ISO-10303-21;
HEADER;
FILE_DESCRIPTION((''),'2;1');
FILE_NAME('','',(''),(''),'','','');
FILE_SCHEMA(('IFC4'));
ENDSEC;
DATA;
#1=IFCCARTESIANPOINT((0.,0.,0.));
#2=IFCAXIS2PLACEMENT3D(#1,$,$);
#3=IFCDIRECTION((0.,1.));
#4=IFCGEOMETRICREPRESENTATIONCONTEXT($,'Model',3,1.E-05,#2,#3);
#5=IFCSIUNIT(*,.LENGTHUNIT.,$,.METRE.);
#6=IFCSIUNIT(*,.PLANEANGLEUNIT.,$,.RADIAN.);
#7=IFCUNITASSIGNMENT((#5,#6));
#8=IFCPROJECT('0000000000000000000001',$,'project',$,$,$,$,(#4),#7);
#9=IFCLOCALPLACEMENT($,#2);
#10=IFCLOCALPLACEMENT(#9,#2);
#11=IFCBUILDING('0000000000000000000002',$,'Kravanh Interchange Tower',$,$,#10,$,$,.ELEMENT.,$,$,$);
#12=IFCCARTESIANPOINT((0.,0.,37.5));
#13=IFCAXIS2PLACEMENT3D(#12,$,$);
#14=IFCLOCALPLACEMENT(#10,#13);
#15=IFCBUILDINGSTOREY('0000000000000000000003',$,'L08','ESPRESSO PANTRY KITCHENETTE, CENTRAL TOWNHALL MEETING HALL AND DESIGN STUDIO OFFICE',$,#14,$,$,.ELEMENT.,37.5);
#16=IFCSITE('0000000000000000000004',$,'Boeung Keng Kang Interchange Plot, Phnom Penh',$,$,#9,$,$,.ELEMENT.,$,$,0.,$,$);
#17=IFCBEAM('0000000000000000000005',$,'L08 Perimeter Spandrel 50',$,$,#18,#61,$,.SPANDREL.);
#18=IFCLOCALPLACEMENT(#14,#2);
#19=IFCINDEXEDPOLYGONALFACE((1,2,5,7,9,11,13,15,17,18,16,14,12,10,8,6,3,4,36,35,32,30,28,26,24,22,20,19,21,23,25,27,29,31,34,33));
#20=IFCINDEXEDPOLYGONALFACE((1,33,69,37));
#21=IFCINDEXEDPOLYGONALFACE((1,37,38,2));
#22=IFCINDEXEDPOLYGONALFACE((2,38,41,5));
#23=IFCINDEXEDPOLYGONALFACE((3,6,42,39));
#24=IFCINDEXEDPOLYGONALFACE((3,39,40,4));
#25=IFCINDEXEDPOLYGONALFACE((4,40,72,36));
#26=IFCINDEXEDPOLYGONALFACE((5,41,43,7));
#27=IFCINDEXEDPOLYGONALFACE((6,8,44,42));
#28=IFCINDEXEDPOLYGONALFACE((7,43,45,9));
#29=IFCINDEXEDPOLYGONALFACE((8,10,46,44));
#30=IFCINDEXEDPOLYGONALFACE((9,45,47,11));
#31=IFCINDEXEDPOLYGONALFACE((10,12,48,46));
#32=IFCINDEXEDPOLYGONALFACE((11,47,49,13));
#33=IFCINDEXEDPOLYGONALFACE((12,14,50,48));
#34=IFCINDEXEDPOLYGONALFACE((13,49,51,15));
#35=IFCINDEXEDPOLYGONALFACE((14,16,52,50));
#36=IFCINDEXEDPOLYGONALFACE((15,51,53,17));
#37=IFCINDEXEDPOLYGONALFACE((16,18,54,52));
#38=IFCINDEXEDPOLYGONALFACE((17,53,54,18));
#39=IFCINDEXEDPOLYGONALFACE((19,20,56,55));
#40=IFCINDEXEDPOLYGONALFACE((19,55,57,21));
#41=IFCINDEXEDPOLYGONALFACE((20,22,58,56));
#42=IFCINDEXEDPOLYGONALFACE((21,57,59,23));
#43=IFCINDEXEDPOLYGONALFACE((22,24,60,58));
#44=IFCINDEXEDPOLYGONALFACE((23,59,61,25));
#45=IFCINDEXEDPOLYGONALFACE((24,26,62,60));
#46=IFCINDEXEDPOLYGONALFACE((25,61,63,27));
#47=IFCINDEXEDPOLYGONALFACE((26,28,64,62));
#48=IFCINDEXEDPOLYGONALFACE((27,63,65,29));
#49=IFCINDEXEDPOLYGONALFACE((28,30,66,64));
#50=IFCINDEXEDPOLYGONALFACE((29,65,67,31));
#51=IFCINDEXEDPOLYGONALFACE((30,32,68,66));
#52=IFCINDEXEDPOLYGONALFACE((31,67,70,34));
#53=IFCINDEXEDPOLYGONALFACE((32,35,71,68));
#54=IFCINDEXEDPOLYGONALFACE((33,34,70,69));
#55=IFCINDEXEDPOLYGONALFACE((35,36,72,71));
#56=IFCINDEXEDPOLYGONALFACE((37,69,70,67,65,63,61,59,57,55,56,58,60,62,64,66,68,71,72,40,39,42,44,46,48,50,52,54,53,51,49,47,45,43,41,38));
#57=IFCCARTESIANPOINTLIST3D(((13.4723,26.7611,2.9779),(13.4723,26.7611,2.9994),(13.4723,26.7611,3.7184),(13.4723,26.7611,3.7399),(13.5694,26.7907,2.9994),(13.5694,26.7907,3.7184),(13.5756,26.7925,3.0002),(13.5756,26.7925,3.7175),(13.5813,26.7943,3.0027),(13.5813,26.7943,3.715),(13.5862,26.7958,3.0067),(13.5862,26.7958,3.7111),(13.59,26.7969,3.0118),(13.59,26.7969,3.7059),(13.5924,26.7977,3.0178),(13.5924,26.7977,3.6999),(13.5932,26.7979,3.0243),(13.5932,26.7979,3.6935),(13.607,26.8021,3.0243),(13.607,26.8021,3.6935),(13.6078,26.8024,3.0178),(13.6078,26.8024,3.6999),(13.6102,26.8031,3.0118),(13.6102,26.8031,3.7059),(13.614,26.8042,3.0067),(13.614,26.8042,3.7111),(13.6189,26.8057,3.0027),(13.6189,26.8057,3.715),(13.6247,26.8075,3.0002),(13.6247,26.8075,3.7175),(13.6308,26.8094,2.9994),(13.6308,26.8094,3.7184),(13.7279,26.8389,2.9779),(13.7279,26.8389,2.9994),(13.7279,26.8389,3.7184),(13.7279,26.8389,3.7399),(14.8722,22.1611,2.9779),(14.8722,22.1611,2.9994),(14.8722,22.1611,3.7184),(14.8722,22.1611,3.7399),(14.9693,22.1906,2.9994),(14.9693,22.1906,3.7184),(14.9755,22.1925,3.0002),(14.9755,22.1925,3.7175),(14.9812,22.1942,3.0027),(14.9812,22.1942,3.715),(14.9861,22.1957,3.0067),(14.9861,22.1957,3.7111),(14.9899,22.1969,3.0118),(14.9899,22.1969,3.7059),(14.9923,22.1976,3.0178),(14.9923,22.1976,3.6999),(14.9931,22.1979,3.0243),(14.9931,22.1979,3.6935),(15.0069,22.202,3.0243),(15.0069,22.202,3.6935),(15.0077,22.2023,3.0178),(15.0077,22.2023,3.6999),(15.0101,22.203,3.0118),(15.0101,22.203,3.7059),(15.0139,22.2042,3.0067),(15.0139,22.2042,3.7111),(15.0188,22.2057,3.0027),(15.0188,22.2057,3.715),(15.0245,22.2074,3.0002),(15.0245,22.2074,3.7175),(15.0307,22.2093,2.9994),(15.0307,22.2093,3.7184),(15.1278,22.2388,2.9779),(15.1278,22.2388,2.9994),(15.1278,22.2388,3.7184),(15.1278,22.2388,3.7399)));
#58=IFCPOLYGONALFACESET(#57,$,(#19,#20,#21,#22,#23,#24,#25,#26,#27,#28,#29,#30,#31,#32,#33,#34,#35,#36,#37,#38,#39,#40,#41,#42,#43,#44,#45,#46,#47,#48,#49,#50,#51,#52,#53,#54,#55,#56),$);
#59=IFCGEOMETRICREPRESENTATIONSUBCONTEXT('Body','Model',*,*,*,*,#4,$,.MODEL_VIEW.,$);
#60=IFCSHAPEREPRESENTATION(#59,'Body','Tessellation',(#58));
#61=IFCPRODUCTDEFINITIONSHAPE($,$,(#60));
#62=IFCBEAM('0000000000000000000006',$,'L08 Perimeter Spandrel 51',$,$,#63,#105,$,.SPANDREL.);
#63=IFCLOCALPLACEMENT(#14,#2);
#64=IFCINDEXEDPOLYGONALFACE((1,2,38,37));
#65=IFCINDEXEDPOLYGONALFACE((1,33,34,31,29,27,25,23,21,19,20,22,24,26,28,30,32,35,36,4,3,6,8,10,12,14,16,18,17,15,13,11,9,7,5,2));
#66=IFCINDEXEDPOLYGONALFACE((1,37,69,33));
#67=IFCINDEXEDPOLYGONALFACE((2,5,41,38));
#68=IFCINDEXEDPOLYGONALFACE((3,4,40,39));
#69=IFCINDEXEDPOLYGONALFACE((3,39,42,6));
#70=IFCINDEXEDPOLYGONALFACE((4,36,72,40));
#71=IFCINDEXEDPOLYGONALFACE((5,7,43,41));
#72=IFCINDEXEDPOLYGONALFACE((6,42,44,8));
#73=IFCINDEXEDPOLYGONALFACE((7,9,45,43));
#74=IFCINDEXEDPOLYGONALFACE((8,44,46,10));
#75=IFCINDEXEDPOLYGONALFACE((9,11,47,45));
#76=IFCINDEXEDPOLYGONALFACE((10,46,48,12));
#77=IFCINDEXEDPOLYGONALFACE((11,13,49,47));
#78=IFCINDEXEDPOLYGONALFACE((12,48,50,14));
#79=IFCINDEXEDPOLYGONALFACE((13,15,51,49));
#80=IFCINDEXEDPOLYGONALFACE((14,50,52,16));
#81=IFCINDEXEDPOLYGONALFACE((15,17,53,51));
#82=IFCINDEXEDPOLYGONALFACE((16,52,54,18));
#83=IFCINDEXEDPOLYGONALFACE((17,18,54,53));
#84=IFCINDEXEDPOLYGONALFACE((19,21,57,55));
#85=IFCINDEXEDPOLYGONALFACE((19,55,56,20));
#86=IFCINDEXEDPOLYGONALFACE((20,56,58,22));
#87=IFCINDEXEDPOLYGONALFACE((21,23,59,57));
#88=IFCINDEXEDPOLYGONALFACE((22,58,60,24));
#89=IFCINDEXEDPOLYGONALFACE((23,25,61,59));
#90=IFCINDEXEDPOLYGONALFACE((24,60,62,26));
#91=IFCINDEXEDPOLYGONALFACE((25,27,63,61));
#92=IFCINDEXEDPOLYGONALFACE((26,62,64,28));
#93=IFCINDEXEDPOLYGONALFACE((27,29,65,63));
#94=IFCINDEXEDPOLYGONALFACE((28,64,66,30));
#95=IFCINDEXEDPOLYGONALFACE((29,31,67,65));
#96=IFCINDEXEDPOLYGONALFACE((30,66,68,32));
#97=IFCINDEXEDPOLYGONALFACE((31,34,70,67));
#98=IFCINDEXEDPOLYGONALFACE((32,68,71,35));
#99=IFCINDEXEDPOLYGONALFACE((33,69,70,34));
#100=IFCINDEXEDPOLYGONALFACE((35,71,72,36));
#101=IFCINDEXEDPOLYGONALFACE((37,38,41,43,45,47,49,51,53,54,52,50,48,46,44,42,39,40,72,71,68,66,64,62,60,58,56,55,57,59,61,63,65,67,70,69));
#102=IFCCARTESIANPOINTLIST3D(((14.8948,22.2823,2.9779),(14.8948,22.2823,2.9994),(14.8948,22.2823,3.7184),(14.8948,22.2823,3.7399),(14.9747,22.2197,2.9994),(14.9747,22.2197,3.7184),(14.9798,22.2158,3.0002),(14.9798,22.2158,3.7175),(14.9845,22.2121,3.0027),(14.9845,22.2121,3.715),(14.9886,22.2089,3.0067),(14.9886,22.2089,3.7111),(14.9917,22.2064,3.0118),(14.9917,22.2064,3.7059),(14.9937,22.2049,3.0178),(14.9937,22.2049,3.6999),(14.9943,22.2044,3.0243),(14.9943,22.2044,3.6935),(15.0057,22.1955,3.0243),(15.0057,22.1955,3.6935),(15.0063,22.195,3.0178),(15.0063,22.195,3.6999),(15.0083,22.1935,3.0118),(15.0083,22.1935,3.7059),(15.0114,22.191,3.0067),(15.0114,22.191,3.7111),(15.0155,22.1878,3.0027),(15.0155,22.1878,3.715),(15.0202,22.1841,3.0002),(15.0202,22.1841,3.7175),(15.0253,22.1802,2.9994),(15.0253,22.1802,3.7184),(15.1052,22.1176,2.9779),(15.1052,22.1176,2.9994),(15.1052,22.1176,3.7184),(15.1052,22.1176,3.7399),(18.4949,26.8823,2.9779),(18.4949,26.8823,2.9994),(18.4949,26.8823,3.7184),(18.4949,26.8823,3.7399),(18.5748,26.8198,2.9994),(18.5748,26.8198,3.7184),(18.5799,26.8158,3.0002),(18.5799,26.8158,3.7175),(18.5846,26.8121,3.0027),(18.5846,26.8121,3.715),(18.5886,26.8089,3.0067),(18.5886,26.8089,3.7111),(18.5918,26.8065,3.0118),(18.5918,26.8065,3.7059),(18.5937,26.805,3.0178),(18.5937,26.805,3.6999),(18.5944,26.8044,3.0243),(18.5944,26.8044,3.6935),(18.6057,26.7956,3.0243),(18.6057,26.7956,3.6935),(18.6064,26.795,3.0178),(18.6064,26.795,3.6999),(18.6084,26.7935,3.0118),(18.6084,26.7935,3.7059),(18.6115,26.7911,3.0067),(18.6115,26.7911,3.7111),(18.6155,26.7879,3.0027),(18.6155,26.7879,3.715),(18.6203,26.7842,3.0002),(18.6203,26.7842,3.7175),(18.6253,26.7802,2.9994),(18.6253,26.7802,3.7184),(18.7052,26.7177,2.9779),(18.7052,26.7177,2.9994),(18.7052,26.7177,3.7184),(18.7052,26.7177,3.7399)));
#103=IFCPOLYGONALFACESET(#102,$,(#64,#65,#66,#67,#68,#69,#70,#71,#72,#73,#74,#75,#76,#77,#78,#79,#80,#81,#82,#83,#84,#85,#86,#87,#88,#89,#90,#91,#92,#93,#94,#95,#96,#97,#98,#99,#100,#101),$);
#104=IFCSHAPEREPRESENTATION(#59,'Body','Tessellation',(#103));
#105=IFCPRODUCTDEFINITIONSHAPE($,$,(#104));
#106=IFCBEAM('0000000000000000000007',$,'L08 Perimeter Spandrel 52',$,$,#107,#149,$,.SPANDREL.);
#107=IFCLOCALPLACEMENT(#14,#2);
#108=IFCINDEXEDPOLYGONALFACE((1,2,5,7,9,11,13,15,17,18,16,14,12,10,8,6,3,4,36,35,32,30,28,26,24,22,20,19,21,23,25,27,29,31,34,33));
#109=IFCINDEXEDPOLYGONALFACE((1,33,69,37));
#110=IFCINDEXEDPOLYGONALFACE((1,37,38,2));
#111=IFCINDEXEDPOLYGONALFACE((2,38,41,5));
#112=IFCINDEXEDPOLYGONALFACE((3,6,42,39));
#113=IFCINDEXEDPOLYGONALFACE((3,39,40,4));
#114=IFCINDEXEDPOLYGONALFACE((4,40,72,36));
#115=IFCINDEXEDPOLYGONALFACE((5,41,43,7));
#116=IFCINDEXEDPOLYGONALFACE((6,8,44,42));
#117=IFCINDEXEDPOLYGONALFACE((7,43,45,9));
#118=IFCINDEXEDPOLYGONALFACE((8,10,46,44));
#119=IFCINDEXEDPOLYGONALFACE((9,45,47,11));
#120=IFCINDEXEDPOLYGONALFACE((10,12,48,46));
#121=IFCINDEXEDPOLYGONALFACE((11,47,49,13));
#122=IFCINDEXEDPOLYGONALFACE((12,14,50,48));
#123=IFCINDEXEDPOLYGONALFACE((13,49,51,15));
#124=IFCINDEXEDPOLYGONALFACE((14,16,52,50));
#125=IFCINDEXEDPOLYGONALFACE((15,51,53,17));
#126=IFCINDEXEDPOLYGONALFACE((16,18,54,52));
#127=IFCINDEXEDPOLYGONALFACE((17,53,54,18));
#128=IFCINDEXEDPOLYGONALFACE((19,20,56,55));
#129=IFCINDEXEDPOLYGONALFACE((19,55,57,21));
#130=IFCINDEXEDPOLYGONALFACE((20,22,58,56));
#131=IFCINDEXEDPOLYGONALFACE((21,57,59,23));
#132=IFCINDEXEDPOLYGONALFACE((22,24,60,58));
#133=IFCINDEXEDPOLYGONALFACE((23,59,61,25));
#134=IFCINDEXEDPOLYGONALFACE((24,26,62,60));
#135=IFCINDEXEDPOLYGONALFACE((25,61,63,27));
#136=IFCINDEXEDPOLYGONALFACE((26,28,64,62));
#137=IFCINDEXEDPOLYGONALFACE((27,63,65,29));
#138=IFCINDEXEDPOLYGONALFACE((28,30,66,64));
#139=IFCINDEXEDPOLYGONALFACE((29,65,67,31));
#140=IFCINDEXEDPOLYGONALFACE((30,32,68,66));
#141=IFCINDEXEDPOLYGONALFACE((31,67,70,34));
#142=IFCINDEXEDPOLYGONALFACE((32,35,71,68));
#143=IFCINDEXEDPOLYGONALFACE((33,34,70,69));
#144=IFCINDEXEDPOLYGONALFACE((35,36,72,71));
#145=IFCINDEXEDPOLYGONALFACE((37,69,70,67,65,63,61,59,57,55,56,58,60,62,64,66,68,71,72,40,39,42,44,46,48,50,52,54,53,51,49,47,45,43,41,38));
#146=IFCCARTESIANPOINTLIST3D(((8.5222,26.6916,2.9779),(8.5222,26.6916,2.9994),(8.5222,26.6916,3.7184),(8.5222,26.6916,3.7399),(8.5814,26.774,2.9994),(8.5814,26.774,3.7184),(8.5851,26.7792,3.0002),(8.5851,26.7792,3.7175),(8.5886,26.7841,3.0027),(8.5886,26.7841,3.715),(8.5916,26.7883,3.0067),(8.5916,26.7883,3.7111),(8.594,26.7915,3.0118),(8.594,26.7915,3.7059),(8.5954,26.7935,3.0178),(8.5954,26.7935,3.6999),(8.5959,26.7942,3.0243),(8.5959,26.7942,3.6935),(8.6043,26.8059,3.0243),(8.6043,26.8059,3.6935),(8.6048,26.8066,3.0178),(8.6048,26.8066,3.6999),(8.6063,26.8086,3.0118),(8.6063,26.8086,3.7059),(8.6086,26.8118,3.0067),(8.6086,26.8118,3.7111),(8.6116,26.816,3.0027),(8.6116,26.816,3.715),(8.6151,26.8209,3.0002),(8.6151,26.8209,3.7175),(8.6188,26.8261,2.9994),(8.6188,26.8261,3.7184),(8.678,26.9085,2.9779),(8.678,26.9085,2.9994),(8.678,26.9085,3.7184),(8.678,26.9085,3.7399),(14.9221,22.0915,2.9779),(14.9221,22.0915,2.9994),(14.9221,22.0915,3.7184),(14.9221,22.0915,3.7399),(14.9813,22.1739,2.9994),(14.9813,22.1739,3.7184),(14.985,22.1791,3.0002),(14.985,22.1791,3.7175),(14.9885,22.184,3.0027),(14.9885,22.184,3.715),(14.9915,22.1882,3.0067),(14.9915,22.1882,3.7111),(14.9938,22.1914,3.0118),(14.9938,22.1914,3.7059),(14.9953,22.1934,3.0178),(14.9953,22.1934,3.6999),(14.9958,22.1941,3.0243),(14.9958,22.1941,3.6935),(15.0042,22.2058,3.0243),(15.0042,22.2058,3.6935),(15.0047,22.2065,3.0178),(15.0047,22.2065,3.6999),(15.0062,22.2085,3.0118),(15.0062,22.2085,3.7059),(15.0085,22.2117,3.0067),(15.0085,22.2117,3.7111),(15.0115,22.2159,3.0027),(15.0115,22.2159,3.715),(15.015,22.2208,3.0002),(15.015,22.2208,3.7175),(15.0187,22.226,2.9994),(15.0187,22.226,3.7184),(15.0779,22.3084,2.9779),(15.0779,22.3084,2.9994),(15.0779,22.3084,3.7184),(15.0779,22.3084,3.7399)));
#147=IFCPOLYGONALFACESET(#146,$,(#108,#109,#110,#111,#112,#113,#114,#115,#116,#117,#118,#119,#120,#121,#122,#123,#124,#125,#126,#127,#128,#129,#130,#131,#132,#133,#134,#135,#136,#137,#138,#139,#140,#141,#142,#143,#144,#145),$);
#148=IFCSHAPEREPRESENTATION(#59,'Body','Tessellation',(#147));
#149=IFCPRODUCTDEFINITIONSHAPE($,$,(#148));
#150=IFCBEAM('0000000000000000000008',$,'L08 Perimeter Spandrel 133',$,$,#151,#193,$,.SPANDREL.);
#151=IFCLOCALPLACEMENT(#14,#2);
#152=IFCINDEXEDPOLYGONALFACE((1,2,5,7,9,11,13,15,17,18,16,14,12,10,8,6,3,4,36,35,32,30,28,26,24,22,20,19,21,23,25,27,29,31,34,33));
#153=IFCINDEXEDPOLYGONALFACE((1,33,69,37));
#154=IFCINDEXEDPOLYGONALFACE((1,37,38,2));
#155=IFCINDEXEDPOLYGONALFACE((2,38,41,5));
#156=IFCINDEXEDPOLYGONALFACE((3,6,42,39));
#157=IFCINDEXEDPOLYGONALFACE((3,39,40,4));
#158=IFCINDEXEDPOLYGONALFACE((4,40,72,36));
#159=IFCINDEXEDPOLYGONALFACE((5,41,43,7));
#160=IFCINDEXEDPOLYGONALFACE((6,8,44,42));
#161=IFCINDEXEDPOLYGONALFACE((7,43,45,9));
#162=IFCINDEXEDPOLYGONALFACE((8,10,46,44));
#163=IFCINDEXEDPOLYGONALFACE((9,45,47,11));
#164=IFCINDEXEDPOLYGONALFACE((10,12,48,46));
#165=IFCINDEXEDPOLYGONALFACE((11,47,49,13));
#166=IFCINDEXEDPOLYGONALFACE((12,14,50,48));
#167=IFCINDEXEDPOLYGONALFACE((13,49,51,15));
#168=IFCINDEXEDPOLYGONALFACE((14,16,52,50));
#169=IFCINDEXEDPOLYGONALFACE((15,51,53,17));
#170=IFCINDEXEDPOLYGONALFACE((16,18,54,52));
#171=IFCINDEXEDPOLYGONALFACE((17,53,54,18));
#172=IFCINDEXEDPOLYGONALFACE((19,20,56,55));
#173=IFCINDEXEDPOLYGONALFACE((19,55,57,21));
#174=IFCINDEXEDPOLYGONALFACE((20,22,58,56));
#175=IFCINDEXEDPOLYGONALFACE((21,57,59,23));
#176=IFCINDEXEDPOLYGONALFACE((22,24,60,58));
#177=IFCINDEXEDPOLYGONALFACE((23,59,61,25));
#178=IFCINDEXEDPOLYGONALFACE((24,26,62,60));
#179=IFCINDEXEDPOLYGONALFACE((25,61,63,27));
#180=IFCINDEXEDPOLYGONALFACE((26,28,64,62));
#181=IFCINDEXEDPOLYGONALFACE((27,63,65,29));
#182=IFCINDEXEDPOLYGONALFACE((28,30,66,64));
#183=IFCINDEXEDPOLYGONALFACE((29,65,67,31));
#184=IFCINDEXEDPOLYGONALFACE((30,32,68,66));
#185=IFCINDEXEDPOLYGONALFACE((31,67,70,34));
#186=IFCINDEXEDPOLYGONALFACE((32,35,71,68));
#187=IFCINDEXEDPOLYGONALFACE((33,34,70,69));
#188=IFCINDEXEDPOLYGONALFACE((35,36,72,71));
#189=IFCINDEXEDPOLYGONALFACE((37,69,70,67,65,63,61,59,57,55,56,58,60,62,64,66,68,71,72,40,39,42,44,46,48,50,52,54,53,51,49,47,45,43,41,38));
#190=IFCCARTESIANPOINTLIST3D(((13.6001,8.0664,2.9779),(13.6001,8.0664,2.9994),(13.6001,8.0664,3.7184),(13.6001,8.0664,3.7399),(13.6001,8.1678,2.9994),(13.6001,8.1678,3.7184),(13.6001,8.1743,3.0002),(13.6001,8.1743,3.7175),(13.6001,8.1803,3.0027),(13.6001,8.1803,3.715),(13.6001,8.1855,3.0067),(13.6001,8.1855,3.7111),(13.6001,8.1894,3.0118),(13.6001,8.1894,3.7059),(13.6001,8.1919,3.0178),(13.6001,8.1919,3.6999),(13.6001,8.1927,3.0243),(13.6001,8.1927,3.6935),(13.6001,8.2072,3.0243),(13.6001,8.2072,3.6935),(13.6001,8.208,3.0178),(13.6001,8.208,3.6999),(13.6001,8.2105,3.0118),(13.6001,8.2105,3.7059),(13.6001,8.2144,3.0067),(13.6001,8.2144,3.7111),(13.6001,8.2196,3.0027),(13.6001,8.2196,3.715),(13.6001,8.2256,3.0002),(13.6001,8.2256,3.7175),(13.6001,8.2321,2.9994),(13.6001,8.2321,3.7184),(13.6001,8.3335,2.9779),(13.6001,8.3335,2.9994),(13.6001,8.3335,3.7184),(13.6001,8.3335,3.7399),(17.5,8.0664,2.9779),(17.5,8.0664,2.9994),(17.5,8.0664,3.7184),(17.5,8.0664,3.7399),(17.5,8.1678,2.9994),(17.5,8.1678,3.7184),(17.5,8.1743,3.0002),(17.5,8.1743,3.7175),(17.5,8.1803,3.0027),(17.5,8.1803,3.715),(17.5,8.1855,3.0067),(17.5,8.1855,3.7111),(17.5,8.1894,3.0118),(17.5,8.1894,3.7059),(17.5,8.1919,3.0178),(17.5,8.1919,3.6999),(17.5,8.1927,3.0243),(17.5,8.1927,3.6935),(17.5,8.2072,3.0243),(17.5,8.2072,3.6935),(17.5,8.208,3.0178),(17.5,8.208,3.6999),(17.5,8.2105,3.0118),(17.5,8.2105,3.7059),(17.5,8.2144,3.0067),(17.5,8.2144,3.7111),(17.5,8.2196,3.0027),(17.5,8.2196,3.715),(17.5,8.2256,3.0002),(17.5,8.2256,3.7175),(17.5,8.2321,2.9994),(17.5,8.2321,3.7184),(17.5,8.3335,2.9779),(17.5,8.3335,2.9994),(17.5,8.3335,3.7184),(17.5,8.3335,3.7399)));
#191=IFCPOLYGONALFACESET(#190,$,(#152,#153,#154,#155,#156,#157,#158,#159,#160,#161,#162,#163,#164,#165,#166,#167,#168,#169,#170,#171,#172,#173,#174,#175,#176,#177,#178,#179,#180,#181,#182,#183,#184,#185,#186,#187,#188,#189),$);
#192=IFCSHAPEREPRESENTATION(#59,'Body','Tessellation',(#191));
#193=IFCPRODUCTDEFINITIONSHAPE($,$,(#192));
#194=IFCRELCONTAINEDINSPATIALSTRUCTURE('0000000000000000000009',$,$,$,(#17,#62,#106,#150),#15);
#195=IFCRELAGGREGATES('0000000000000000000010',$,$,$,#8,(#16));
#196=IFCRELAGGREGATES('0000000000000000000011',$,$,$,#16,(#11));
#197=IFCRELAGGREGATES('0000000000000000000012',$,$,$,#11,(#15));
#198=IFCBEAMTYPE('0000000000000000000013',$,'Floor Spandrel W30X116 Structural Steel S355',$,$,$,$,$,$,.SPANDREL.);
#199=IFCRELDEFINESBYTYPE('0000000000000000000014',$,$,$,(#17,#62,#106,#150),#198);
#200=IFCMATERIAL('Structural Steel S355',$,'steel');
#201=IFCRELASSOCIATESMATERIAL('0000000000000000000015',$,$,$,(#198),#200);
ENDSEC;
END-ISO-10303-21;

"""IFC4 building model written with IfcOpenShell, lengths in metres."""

from ifc_helpers import new_model, si_unit, direction, frame, origin, origin_2d, place, context, subcontext, project, spatial, i_section, extrude, material, material_profile, profile_set, type_object, element, save


model = new_model("IFC4")

# Units and contexts
model_context = context("Model", 3, precision=1e-05, world=origin(), true_north=direction((0.0, 1.0)))
body_context = subcontext(model_context, "Body", "Model", "MODEL_VIEW")
ifc_project = project(units=[si_unit("LENGTHUNIT", "METRE"), si_unit("PLANEANGLEUNIT", "RADIAN")], contexts=[model_context])

# Site, building, storey
site_placement = place(None, origin())
site = spatial("IfcSite", under=ifc_project, at=site_placement, Name="Boeung Keng Kang Interchange Plot, Phnom Penh", CompositionType="ELEMENT", RefElevation=0.0)
building_placement = place(site_placement, origin())
building = spatial("IfcBuilding", under=site, at=building_placement, Name="Kravanh Interchange Tower", CompositionType="ELEMENT")
storey_placement = place(building_placement, frame((0.0, 0.0, 37.5)))
storey = spatial("IfcBuildingStorey", under=building, at=storey_placement, Name="L08", Description="ESPRESSO PANTRY KITCHENETTE, CENTRAL TOWNHALL MEETING HALL AND DESIGN STUDIO OFFICE", CompositionType="ELEMENT", Elevation=37.5)

# Beams
ifc_material_1 = material(Name="Structural Steel S355", Category="steel")
ifc_material_profile_1 = material_profile(ifc_material_1, i_section(OverallWidth=0.2671, OverallDepth=0.762, WebThickness=0.0144, FlangeThickness=0.0215, FilletRadius=0.0249, at=origin_2d()), Name="W30X116")
ifc_profile_set_1 = profile_set([ifc_material_profile_1], Name="Structural Steel S355")
beam_type_1 = type_object("IfcBeamType", Name="Floor Spandrel W30X116 Structural Steel S355", PredefinedType="SPANDREL", material=ifc_profile_set_1)
beam_1_placement = place(storey_placement, frame((15.0, 22.2, 3.3589), z_axis=(-0.291137, 0.956681, 0.0), x_axis=(-0.956681, -0.291137, 0.0)))
element("IfcBeam", 1, at=beam_1_placement, inside=storey, type_object=beam_type_1, Name="L08 Perimeter Spandrel 50", PredefinedType="SPANDREL", context=body_context, shape_type="SweptSolid", body=[
    extrude(i_section(OverallWidth=0.2671, OverallDepth=0.762, WebThickness=0.0144, FlangeThickness=0.0215, FilletRadius=0.0249, at=origin_2d()), origin(), (0.0, 0.0, 1.0), 4.8083),
])
beam_2_placement = place(storey_placement, frame((15.0, 22.2, 3.3589), z_axis=(0.616311, 0.787503, 0.0), x_axis=(-0.787503, 0.616311, 0.0)))
element("IfcBeam", 2, at=beam_2_placement, inside=storey, type_object=beam_type_1, Name="L08 Perimeter Spandrel 51", PredefinedType="SPANDREL", context=body_context, shape_type="SweptSolid", body=[
    extrude(i_section(OverallWidth=0.2671, OverallDepth=0.762, WebThickness=0.0144, FlangeThickness=0.0215, FilletRadius=0.0249, at=origin_2d()), origin(), (0.0, 0.0, 1.0), 5.8413),
])
beam_3_placement = place(storey_placement, frame((15.0, 22.2, 3.3589), z_axis=(-0.812005, 0.58365, 0.0), x_axis=(-0.58365, -0.812005, 0.0)))
element("IfcBeam", 3, at=beam_3_placement, inside=storey, type_object=beam_type_1, Name="L08 Perimeter Spandrel 52", PredefinedType="SPANDREL", context=body_context, shape_type="SweptSolid", body=[
    extrude(i_section(OverallWidth=0.2671, OverallDepth=0.762, WebThickness=0.0144, FlangeThickness=0.0215, FilletRadius=0.0249, at=origin_2d()), origin(), (0.0, 0.0, 1.0), 7.8816),
])
beam_4_placement = place(storey_placement, frame((13.6001, 8.2, 3.3589), z_axis=(1.0, 0.0, 0.0), x_axis=(0.0, 1.0, 0.0)))
element("IfcBeam", 4, at=beam_4_placement, inside=storey, type_object=beam_type_1, Name="L08 Perimeter Spandrel 133", PredefinedType="SPANDREL", context=body_context, shape_type="SweptSolid", body=[
    extrude(i_section(OverallWidth=0.2671, OverallDepth=0.762, WebThickness=0.0144, FlangeThickness=0.0215, FilletRadius=0.0249, at=origin_2d()), origin(), (0.0, 0.0, 1.0), 3.8999),
])

save(model, "model.ifc")
